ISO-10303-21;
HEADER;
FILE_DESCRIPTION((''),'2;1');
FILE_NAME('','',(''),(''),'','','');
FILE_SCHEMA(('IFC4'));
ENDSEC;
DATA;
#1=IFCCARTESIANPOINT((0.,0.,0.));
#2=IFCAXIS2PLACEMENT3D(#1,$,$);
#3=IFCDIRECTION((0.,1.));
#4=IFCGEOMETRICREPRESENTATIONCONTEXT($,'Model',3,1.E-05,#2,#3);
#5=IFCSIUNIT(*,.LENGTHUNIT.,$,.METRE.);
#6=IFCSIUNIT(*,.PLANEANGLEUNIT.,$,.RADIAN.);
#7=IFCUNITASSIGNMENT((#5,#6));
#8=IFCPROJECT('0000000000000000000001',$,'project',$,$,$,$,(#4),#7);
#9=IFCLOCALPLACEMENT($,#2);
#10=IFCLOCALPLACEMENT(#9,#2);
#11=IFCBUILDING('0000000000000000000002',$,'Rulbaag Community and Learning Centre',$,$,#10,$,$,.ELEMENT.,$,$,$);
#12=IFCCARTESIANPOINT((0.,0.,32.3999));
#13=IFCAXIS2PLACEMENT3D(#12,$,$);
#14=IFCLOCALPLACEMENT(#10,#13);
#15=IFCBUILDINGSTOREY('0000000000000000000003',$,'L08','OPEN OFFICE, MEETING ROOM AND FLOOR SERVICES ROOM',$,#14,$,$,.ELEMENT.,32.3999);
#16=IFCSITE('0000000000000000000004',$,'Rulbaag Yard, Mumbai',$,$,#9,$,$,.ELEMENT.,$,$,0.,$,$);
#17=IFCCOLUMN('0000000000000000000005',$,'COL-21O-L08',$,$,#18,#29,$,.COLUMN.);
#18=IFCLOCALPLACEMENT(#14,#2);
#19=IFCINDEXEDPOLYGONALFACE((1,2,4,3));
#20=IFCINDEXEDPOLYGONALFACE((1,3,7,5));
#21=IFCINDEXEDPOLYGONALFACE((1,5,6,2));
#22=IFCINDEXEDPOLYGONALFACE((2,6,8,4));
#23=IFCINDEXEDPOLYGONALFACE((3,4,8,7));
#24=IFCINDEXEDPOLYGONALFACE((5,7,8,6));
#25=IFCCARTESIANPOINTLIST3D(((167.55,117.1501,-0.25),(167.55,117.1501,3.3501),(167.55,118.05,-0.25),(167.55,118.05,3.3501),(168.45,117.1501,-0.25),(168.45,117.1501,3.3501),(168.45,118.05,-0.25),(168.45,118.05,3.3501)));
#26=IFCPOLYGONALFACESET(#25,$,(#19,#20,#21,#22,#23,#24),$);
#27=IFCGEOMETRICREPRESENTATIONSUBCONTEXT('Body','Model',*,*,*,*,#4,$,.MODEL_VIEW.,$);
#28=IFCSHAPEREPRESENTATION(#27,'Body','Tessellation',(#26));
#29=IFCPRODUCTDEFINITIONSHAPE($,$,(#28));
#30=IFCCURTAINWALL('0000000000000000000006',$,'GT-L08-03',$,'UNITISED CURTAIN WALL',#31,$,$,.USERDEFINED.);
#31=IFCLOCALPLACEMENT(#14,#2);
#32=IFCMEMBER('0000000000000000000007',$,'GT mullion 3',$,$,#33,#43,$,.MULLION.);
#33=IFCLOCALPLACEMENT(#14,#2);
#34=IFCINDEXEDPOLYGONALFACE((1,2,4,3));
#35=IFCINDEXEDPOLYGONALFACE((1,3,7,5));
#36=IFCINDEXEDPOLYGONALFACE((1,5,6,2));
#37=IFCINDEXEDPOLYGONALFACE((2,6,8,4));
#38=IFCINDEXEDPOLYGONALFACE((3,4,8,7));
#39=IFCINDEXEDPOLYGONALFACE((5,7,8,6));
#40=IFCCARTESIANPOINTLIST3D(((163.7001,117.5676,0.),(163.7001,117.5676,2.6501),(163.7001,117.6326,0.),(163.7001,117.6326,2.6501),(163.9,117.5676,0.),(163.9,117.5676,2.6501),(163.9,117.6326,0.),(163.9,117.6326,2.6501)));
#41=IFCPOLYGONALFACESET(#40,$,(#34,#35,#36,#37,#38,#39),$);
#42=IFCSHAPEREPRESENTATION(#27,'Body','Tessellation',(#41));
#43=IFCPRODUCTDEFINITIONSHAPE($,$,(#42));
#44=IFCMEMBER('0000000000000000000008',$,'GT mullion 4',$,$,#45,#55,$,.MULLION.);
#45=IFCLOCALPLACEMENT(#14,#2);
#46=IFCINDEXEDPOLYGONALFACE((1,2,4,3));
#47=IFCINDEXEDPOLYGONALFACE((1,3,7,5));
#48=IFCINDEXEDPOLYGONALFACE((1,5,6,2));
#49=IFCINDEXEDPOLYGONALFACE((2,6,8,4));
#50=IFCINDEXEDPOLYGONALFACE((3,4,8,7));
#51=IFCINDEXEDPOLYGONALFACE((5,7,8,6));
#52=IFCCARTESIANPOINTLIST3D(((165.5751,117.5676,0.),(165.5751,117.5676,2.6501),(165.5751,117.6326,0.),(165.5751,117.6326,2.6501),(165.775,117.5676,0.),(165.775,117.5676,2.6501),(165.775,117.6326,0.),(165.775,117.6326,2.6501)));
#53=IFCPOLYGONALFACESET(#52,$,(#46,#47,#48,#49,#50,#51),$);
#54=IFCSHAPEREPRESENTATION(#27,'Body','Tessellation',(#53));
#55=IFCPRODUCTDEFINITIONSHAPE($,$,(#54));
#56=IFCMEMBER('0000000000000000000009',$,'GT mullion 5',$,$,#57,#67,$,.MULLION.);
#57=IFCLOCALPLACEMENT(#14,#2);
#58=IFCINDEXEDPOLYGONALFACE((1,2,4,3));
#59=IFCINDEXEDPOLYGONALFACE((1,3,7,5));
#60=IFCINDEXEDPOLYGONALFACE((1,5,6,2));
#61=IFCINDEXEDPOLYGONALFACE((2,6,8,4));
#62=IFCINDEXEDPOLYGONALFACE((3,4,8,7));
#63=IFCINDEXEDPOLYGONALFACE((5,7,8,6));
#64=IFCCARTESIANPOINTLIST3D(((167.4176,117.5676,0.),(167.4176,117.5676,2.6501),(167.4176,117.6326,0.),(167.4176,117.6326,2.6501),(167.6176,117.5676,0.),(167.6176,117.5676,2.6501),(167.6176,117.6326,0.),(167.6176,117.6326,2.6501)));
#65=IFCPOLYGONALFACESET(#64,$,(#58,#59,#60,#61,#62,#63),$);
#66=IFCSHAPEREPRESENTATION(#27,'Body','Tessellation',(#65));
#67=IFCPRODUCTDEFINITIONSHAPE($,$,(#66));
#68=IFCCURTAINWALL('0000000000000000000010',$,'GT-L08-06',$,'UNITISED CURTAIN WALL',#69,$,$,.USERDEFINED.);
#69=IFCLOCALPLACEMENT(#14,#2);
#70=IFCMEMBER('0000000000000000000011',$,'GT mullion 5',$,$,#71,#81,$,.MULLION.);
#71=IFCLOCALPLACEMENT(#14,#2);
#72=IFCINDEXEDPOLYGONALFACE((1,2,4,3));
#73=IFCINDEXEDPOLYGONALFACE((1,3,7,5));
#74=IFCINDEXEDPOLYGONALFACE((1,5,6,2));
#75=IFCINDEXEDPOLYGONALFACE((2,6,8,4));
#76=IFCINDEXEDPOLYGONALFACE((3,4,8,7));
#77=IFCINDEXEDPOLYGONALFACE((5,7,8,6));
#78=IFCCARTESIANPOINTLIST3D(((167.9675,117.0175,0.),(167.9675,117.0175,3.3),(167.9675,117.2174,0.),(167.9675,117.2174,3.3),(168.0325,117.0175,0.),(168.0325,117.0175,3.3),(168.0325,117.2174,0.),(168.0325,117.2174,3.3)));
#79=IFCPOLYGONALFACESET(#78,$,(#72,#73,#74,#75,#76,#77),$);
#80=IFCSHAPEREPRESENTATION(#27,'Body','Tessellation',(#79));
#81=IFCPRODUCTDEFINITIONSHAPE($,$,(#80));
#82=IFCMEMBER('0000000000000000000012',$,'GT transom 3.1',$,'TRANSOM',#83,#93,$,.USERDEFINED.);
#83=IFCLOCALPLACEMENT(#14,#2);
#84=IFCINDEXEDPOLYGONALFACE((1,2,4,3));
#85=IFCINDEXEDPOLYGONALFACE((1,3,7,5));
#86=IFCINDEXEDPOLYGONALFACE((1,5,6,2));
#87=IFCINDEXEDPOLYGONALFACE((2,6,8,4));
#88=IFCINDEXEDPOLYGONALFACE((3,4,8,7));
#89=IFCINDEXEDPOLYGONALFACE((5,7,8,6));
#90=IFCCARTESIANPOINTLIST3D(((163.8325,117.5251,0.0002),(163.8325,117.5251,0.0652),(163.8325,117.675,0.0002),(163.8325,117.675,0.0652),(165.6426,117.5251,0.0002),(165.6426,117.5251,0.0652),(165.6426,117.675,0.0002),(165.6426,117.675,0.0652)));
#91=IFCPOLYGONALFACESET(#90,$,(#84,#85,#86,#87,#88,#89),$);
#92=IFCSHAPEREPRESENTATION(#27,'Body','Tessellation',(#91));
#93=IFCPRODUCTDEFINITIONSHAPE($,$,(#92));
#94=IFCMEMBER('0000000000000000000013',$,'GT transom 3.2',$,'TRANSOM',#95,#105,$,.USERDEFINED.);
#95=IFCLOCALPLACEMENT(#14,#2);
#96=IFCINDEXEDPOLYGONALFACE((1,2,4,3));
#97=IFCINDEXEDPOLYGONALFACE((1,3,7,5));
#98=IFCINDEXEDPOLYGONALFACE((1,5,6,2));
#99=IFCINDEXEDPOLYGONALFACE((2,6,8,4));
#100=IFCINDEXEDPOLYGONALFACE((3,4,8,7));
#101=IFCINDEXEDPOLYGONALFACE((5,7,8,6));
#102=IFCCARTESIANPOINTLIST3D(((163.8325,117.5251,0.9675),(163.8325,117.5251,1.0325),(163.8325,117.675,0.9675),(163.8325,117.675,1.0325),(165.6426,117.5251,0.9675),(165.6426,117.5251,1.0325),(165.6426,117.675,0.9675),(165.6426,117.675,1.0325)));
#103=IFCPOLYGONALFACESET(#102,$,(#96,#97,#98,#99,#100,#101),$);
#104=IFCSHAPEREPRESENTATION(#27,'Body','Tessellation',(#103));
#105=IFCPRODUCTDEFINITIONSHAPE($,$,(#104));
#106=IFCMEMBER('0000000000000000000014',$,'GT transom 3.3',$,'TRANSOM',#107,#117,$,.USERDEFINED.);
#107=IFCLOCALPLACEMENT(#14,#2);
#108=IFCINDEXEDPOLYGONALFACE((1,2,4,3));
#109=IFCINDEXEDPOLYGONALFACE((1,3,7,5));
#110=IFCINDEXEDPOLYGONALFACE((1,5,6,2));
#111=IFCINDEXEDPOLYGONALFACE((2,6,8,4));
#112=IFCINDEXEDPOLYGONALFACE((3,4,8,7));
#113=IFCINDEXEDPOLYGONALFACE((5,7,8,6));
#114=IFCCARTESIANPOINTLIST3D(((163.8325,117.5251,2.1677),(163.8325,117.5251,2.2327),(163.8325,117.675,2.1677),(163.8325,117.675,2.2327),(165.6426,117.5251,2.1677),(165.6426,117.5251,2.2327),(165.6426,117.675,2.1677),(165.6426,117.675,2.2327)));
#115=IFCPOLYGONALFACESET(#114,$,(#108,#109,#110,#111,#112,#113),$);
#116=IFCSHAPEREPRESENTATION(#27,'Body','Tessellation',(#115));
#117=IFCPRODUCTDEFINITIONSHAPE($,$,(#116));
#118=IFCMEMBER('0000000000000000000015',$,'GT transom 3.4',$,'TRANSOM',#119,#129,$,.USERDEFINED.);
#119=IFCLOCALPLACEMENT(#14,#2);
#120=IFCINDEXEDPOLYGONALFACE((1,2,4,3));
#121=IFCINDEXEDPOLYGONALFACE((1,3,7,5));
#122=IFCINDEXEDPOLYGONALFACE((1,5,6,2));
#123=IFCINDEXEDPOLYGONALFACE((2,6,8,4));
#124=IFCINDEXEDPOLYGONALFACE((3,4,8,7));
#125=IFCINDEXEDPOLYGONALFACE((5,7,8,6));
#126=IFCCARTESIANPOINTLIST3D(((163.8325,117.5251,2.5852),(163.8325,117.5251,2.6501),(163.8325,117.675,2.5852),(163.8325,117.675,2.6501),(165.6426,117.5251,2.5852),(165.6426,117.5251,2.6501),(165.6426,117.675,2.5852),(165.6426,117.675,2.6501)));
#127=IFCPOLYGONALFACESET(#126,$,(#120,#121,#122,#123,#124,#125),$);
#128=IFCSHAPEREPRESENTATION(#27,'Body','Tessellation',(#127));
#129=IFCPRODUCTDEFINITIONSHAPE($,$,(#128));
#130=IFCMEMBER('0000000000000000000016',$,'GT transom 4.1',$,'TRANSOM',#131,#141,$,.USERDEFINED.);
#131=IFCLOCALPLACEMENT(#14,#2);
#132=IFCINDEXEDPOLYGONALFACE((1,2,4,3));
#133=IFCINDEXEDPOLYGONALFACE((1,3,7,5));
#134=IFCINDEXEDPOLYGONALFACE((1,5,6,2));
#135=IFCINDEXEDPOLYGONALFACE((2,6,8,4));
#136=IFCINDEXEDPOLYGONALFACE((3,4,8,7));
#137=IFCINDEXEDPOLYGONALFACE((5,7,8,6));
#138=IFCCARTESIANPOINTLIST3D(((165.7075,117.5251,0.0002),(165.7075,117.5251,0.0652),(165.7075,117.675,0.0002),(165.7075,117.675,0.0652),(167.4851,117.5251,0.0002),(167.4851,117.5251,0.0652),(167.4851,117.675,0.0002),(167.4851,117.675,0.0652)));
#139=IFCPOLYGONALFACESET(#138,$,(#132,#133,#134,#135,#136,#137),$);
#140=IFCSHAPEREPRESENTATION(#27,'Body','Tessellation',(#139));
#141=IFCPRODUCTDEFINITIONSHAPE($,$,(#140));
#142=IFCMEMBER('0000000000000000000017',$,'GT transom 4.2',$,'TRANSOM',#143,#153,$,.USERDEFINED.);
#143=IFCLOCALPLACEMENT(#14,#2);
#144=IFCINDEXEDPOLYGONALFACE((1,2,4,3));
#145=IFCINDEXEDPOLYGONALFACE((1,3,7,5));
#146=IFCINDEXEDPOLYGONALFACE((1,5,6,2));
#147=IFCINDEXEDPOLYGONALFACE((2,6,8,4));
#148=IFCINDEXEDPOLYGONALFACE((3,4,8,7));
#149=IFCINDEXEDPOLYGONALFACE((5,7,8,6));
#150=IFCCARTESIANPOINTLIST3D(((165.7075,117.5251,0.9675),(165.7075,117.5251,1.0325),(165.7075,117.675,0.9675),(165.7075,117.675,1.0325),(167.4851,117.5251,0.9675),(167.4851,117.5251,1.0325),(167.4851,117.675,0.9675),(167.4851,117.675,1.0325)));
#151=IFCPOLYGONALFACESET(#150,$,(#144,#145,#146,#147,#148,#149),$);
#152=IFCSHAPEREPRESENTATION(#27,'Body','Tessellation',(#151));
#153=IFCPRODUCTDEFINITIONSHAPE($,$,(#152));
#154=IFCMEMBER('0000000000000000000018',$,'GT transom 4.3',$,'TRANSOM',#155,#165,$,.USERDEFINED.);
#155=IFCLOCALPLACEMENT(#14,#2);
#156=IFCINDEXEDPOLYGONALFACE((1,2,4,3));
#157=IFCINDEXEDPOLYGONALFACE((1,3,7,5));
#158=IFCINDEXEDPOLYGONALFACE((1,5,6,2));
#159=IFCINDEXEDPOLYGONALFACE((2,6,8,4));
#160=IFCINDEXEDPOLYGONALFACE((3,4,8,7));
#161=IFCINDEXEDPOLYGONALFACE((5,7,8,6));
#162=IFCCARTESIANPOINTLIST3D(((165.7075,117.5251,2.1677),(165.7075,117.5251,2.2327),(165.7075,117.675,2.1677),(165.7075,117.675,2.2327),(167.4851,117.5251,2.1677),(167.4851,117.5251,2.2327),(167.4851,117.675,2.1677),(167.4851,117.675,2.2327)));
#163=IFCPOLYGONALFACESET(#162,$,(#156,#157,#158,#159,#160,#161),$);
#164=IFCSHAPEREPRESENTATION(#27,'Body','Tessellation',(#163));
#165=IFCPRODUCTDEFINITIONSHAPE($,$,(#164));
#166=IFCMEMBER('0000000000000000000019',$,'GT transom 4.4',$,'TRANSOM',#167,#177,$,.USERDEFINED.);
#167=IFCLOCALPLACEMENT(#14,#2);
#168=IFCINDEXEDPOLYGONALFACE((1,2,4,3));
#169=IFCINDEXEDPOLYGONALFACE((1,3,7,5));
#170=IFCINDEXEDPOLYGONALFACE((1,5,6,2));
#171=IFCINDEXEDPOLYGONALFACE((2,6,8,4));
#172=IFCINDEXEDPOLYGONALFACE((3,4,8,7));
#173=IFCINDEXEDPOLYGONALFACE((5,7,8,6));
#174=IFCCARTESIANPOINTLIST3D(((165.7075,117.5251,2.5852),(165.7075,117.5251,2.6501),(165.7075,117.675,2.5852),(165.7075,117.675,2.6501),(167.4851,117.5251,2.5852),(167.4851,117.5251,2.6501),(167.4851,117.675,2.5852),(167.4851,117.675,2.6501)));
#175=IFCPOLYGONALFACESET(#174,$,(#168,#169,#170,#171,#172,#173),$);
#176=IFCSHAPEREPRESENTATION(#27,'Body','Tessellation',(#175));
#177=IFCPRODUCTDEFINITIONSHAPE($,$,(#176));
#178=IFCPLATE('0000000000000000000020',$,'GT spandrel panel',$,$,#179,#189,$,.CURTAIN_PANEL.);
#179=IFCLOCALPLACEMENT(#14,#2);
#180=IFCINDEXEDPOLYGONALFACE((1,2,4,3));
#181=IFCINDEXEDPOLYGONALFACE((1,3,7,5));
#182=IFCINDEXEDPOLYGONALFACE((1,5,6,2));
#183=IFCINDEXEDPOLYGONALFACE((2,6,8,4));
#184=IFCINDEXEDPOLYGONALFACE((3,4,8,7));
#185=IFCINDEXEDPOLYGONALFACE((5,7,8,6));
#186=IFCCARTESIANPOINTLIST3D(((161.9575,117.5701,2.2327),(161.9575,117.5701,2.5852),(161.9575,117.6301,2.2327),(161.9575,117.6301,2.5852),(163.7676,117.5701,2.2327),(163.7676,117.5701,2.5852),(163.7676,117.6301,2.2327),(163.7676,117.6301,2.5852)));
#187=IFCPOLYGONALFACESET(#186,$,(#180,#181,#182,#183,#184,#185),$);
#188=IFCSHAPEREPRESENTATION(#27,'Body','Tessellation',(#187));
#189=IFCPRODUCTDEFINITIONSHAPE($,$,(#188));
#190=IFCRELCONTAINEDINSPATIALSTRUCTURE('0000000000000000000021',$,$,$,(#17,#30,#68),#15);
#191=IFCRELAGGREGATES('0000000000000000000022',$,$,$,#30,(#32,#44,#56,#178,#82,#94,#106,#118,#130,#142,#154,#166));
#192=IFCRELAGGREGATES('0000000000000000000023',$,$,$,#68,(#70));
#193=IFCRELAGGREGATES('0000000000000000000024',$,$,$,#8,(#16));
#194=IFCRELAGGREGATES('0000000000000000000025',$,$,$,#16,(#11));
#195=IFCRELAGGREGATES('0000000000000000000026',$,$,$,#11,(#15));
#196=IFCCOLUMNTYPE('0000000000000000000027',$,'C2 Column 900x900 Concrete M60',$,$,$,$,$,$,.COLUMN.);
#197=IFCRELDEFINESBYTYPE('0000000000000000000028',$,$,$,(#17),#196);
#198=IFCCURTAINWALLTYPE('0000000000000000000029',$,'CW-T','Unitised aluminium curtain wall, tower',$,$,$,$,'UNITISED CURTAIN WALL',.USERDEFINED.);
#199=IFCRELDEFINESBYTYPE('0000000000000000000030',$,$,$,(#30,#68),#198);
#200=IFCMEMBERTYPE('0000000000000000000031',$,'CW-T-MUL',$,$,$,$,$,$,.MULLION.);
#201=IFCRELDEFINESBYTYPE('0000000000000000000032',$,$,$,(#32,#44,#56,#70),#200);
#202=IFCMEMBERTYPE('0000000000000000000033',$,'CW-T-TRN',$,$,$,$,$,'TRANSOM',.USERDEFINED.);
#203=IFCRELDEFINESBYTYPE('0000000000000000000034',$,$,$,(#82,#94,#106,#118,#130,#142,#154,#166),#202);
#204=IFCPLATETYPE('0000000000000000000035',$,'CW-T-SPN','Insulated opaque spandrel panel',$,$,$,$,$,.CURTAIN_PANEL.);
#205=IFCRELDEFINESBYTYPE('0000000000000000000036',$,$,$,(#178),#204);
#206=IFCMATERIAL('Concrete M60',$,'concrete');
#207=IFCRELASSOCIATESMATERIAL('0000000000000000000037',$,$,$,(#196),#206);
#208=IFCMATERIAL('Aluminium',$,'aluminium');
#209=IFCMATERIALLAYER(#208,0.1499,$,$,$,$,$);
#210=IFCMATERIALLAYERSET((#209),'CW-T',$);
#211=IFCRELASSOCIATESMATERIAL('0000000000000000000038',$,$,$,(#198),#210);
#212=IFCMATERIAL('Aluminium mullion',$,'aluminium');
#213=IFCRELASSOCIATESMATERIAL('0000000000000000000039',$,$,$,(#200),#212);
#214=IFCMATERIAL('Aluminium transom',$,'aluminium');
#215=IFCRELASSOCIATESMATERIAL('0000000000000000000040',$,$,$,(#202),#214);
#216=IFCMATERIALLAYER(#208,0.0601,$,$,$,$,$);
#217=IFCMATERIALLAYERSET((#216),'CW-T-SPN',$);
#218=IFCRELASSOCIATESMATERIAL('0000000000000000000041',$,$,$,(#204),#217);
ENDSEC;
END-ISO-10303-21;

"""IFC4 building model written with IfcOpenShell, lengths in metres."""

from ifc_helpers import new_model, si_unit, direction, frame, origin, origin_2d, place, context, subcontext, project, spatial, rectangle, extrude, material, layer, layer_set, material_profile, profile_set, type_object, element, aggregate, save


model = new_model("IFC4")

# Units and contexts
model_context = context("Model", 3, precision=1e-05, world=origin(), true_north=direction((0.0, 1.0)))
body_context = subcontext(model_context, "Body", "Model", "MODEL_VIEW")
ifc_project = project(units=[si_unit("LENGTHUNIT", "METRE"), si_unit("PLANEANGLEUNIT", "RADIAN")], contexts=[model_context])

# Site, building, storey
site_placement = place(None, origin())
site = spatial("IfcSite", under=ifc_project, at=site_placement, Name="Rulbaag Yard, Mumbai", CompositionType="ELEMENT", RefElevation=0.0)
building_placement = place(site_placement, origin())
building = spatial("IfcBuilding", under=site, at=building_placement, Name="Rulbaag Community and Learning Centre", CompositionType="ELEMENT")
storey_placement = place(building_placement, frame((0.0, 0.0, 32.3999)))
storey = spatial("IfcBuildingStorey", under=building, at=storey_placement, Name="L08", Description="OPEN OFFICE, MEETING ROOM AND FLOOR SERVICES ROOM", CompositionType="ELEMENT", Elevation=32.3999)

# Column
ifc_material_1 = material(Name="Concrete M60", Category="concrete")
ifc_material_profile_1 = material_profile(ifc_material_1, rectangle(XDim=0.8999, YDim=0.8999, at=origin_2d()), Name="RC900x900")
ifc_profile_set_1 = profile_set([ifc_material_profile_1], Name="Concrete M60")
column_type = type_object("IfcColumnType", Name="C2 Column 900x900 Concrete M60", PredefinedType="COLUMN", material=ifc_profile_set_1)
column_placement = place(storey_placement, frame((168.0, 117.6001, -0.25), z_axis=(0.0, 0.0, 1.0), x_axis=(1.0, 0.0, 0.0)))
element("IfcColumn", 1, at=column_placement, inside=storey, type_object=column_type, Name="COL-21O-L08", PredefinedType="COLUMN", context=body_context, shape_type="SweptSolid", body=[
    extrude(rectangle(XDim=0.8999, YDim=0.8999, at=origin_2d()), origin(), (0.0, 0.0, 1.0), 3.6001),
])

# Curtain wall, members
ifc_material_2 = material(Name="Aluminium", Category="aluminium")
ifc_layer_1 = layer(ifc_material_2, 0.1499)
ifc_layer_set_1 = layer_set([ifc_layer_1], Name="CW-T")
curtain_wall_type = type_object("IfcCurtainWallType", Name="CW-T", Description="Unitised aluminium curtain wall, tower", ElementType="UNITISED CURTAIN WALL", PredefinedType="USERDEFINED", material=ifc_layer_set_1)
curtain_wall_1_placement = place(storey_placement, origin())
curtain_wall_1 = element("IfcCurtainWall", 2, at=curtain_wall_1_placement, inside=storey, type_object=curtain_wall_type, Name="GT-L08-03", ObjectType="UNITISED CURTAIN WALL", PredefinedType="USERDEFINED")
ifc_material_3 = material(Name="Aluminium mullion", Category="aluminium")
ifc_material_profile_2 = material_profile(ifc_material_3, rectangle(XDim=0.0649, YDim=0.2, at=origin_2d()), Name="AL 65x200")
ifc_profile_set_2 = profile_set([ifc_material_profile_2], Name="Aluminium mullion")
member_type_1 = type_object("IfcMemberType", Name="CW-T-MUL", PredefinedType="MULLION", material=ifc_profile_set_2)
member_1_placement = place(storey_placement, frame((163.8, 117.6001, 0.0), z_axis=(0.0, 0.0, 1.0), x_axis=(0.0, 1.0, 0.0)))
member_1 = element("IfcMember", 3, at=member_1_placement, type_object=member_type_1, Name="GT mullion 3", PredefinedType="MULLION", context=body_context, shape_type="SweptSolid", body=[
    extrude(rectangle(XDim=0.0649, YDim=0.2, at=origin_2d()), origin(), (0.0, 0.0, 1.0), 2.6501),
])
member_2_placement = place(storey_placement, frame((165.675, 117.6001, 0.0), z_axis=(0.0, 0.0, 1.0), x_axis=(0.0, 1.0, 0.0)))
member_2 = element("IfcMember", 4, at=member_2_placement, type_object=member_type_1, Name="GT mullion 4", PredefinedType="MULLION", context=body_context, shape_type="SweptSolid", body=[
    extrude(rectangle(XDim=0.0649, YDim=0.2, at=origin_2d()), origin(), (0.0, 0.0, 1.0), 2.6501),
])
member_3_placement = place(storey_placement, frame((167.5176, 117.6001, 0.0), z_axis=(0.0, 0.0, 1.0), x_axis=(0.0, 1.0, 0.0)))
member_3 = element("IfcMember", 5, at=member_3_placement, type_object=member_type_1, Name="GT mullion 5", PredefinedType="MULLION", context=body_context, shape_type="SweptSolid", body=[
    extrude(rectangle(XDim=0.0649, YDim=0.2, at=origin_2d()), origin(), (0.0, 0.0, 1.0), 2.6501),
])

# Curtain wall, member
curtain_wall_2_placement = place(storey_placement, origin())
curtain_wall_2 = element("IfcCurtainWall", 6, at=curtain_wall_2_placement, inside=storey, type_object=curtain_wall_type, Name="GT-L08-06", ObjectType="UNITISED CURTAIN WALL", PredefinedType="USERDEFINED")
member_4_placement = place(storey_placement, frame((168.0, 117.1174, 0.0), z_axis=(0.0, 0.0, 1.0), x_axis=(-1.0, 0.0, 0.0)))
member_4 = element("IfcMember", 7, at=member_4_placement, type_object=member_type_1, Name="GT mullion 5", PredefinedType="MULLION", context=body_context, shape_type="SweptSolid", body=[
    extrude(rectangle(XDim=0.0649, YDim=0.2, at=origin_2d()), origin(), (0.0, 0.0, 1.0), 3.3),
])

# Members
ifc_material_4 = material(Name="Aluminium transom", Category="aluminium")
ifc_material_profile_3 = material_profile(ifc_material_4, rectangle(XDim=0.1499, YDim=0.0649, at=origin_2d()), Name="AL 65x150 T")
ifc_profile_set_3 = profile_set([ifc_material_profile_3], Name="Aluminium transom")
member_type_2 = type_object("IfcMemberType", Name="CW-T-TRN", ElementType="TRANSOM", PredefinedType="USERDEFINED", material=ifc_profile_set_3)
member_5_placement = place(storey_placement, frame((163.8325, 117.6001, 0.0327), z_axis=(1.0, 0.0, 0.0), x_axis=(0.0, 1.0, 0.0)))
member_5 = element("IfcMember", 8, at=member_5_placement, type_object=member_type_2, Name="GT transom 3.1", ObjectType="TRANSOM", PredefinedType="USERDEFINED", context=body_context, shape_type="SweptSolid", body=[
    extrude(rectangle(XDim=0.1499, YDim=0.0649, at=origin_2d()), origin(), (0.0, 0.0, 1.0), 1.8101),
])
member_6_placement = place(storey_placement, frame((163.8325, 117.6001, 1.0), z_axis=(1.0, 0.0, 0.0), x_axis=(0.0, 1.0, 0.0)))
member_6 = element("IfcMember", 9, at=member_6_placement, type_object=member_type_2, Name="GT transom 3.2", ObjectType="TRANSOM", PredefinedType="USERDEFINED", context=body_context, shape_type="SweptSolid", body=[
    extrude(rectangle(XDim=0.1499, YDim=0.0649, at=origin_2d()), origin(), (0.0, 0.0, 1.0), 1.8101),
])
member_7_placement = place(storey_placement, frame((163.8325, 117.6001, 2.2002), z_axis=(1.0, 0.0, 0.0), x_axis=(0.0, 1.0, 0.0)))
member_7 = element("IfcMember", 10, at=member_7_placement, type_object=member_type_2, Name="GT transom 3.3", ObjectType="TRANSOM", PredefinedType="USERDEFINED", context=body_context, shape_type="SweptSolid", body=[
    extrude(rectangle(XDim=0.1499, YDim=0.0649, at=origin_2d()), origin(), (0.0, 0.0, 1.0), 1.8101),
])
member_8_placement = place(storey_placement, frame((163.8325, 117.6001, 2.6177), z_axis=(1.0, 0.0, 0.0), x_axis=(0.0, 1.0, 0.0)))
member_8 = element("IfcMember", 11, at=member_8_placement, type_object=member_type_2, Name="GT transom 3.4", ObjectType="TRANSOM", PredefinedType="USERDEFINED", context=body_context, shape_type="SweptSolid", body=[
    extrude(rectangle(XDim=0.1499, YDim=0.0649, at=origin_2d()), origin(), (0.0, 0.0, 1.0), 1.8101),
])
member_9_placement = place(storey_placement, frame((165.7075, 117.6001, 0.0327), z_axis=(1.0, 0.0, 0.0), x_axis=(0.0, 1.0, 0.0)))
member_9 = element("IfcMember", 12, at=member_9_placement, type_object=member_type_2, Name="GT transom 4.1", ObjectType="TRANSOM", PredefinedType="USERDEFINED", context=body_context, shape_type="SweptSolid", body=[
    extrude(rectangle(XDim=0.1499, YDim=0.0649, at=origin_2d()), origin(), (0.0, 0.0, 1.0), 1.7776),
])
member_10_placement = place(storey_placement, frame((165.7075, 117.6001, 1.0), z_axis=(1.0, 0.0, 0.0), x_axis=(0.0, 1.0, 0.0)))
member_10 = element("IfcMember", 13, at=member_10_placement, type_object=member_type_2, Name="GT transom 4.2", ObjectType="TRANSOM", PredefinedType="USERDEFINED", context=body_context, shape_type="SweptSolid", body=[
    extrude(rectangle(XDim=0.1499, YDim=0.0649, at=origin_2d()), origin(), (0.0, 0.0, 1.0), 1.7776),
])
member_11_placement = place(storey_placement, frame((165.7075, 117.6001, 2.2002), z_axis=(1.0, 0.0, 0.0), x_axis=(0.0, 1.0, 0.0)))
member_11 = element("IfcMember", 14, at=member_11_placement, type_object=member_type_2, Name="GT transom 4.3", ObjectType="TRANSOM", PredefinedType="USERDEFINED", context=body_context, shape_type="SweptSolid", body=[
    extrude(rectangle(XDim=0.1499, YDim=0.0649, at=origin_2d()), origin(), (0.0, 0.0, 1.0), 1.7776),
])
member_12_placement = place(storey_placement, frame((165.7075, 117.6001, 2.6177), z_axis=(1.0, 0.0, 0.0), x_axis=(0.0, 1.0, 0.0)))
member_12 = element("IfcMember", 15, at=member_12_placement, type_object=member_type_2, Name="GT transom 4.4", ObjectType="TRANSOM", PredefinedType="USERDEFINED", context=body_context, shape_type="SweptSolid", body=[
    extrude(rectangle(XDim=0.1499, YDim=0.0649, at=origin_2d()), origin(), (0.0, 0.0, 1.0), 1.7776),
])

# Plate
ifc_layer_2 = layer(ifc_material_2, 0.0601)
ifc_layer_set_2 = layer_set([ifc_layer_2], Name="CW-T-SPN")
plate_type_1 = type_object("IfcPlateType", Name="CW-T-SPN", Description="Insulated opaque spandrel panel", PredefinedType="CURTAIN_PANEL", material=ifc_layer_set_2)
plate_1_placement = place(storey_placement, frame((162.8625, 117.6001, 2.2327), z_axis=(0.0, 0.0, 1.0), x_axis=(1.0, 0.0, 0.0)))
plate_1 = element("IfcPlate", 16, at=plate_1_placement, type_object=plate_type_1, Name="GT spandrel panel", PredefinedType="CURTAIN_PANEL", context=body_context, shape_type="SweptSolid", body=[
    extrude(rectangle(XDim=1.8101, YDim=0.0601, at=origin_2d()), origin(), (0.0, 0.0, 1.0), 0.3525),
])
aggregate(curtain_wall_1, [member_1, member_2, member_3, plate_1, member_5, member_6, member_7, member_8, member_9, member_10, member_11, member_12])
aggregate(curtain_wall_2, [member_4])

save(model, "model.ifc")
